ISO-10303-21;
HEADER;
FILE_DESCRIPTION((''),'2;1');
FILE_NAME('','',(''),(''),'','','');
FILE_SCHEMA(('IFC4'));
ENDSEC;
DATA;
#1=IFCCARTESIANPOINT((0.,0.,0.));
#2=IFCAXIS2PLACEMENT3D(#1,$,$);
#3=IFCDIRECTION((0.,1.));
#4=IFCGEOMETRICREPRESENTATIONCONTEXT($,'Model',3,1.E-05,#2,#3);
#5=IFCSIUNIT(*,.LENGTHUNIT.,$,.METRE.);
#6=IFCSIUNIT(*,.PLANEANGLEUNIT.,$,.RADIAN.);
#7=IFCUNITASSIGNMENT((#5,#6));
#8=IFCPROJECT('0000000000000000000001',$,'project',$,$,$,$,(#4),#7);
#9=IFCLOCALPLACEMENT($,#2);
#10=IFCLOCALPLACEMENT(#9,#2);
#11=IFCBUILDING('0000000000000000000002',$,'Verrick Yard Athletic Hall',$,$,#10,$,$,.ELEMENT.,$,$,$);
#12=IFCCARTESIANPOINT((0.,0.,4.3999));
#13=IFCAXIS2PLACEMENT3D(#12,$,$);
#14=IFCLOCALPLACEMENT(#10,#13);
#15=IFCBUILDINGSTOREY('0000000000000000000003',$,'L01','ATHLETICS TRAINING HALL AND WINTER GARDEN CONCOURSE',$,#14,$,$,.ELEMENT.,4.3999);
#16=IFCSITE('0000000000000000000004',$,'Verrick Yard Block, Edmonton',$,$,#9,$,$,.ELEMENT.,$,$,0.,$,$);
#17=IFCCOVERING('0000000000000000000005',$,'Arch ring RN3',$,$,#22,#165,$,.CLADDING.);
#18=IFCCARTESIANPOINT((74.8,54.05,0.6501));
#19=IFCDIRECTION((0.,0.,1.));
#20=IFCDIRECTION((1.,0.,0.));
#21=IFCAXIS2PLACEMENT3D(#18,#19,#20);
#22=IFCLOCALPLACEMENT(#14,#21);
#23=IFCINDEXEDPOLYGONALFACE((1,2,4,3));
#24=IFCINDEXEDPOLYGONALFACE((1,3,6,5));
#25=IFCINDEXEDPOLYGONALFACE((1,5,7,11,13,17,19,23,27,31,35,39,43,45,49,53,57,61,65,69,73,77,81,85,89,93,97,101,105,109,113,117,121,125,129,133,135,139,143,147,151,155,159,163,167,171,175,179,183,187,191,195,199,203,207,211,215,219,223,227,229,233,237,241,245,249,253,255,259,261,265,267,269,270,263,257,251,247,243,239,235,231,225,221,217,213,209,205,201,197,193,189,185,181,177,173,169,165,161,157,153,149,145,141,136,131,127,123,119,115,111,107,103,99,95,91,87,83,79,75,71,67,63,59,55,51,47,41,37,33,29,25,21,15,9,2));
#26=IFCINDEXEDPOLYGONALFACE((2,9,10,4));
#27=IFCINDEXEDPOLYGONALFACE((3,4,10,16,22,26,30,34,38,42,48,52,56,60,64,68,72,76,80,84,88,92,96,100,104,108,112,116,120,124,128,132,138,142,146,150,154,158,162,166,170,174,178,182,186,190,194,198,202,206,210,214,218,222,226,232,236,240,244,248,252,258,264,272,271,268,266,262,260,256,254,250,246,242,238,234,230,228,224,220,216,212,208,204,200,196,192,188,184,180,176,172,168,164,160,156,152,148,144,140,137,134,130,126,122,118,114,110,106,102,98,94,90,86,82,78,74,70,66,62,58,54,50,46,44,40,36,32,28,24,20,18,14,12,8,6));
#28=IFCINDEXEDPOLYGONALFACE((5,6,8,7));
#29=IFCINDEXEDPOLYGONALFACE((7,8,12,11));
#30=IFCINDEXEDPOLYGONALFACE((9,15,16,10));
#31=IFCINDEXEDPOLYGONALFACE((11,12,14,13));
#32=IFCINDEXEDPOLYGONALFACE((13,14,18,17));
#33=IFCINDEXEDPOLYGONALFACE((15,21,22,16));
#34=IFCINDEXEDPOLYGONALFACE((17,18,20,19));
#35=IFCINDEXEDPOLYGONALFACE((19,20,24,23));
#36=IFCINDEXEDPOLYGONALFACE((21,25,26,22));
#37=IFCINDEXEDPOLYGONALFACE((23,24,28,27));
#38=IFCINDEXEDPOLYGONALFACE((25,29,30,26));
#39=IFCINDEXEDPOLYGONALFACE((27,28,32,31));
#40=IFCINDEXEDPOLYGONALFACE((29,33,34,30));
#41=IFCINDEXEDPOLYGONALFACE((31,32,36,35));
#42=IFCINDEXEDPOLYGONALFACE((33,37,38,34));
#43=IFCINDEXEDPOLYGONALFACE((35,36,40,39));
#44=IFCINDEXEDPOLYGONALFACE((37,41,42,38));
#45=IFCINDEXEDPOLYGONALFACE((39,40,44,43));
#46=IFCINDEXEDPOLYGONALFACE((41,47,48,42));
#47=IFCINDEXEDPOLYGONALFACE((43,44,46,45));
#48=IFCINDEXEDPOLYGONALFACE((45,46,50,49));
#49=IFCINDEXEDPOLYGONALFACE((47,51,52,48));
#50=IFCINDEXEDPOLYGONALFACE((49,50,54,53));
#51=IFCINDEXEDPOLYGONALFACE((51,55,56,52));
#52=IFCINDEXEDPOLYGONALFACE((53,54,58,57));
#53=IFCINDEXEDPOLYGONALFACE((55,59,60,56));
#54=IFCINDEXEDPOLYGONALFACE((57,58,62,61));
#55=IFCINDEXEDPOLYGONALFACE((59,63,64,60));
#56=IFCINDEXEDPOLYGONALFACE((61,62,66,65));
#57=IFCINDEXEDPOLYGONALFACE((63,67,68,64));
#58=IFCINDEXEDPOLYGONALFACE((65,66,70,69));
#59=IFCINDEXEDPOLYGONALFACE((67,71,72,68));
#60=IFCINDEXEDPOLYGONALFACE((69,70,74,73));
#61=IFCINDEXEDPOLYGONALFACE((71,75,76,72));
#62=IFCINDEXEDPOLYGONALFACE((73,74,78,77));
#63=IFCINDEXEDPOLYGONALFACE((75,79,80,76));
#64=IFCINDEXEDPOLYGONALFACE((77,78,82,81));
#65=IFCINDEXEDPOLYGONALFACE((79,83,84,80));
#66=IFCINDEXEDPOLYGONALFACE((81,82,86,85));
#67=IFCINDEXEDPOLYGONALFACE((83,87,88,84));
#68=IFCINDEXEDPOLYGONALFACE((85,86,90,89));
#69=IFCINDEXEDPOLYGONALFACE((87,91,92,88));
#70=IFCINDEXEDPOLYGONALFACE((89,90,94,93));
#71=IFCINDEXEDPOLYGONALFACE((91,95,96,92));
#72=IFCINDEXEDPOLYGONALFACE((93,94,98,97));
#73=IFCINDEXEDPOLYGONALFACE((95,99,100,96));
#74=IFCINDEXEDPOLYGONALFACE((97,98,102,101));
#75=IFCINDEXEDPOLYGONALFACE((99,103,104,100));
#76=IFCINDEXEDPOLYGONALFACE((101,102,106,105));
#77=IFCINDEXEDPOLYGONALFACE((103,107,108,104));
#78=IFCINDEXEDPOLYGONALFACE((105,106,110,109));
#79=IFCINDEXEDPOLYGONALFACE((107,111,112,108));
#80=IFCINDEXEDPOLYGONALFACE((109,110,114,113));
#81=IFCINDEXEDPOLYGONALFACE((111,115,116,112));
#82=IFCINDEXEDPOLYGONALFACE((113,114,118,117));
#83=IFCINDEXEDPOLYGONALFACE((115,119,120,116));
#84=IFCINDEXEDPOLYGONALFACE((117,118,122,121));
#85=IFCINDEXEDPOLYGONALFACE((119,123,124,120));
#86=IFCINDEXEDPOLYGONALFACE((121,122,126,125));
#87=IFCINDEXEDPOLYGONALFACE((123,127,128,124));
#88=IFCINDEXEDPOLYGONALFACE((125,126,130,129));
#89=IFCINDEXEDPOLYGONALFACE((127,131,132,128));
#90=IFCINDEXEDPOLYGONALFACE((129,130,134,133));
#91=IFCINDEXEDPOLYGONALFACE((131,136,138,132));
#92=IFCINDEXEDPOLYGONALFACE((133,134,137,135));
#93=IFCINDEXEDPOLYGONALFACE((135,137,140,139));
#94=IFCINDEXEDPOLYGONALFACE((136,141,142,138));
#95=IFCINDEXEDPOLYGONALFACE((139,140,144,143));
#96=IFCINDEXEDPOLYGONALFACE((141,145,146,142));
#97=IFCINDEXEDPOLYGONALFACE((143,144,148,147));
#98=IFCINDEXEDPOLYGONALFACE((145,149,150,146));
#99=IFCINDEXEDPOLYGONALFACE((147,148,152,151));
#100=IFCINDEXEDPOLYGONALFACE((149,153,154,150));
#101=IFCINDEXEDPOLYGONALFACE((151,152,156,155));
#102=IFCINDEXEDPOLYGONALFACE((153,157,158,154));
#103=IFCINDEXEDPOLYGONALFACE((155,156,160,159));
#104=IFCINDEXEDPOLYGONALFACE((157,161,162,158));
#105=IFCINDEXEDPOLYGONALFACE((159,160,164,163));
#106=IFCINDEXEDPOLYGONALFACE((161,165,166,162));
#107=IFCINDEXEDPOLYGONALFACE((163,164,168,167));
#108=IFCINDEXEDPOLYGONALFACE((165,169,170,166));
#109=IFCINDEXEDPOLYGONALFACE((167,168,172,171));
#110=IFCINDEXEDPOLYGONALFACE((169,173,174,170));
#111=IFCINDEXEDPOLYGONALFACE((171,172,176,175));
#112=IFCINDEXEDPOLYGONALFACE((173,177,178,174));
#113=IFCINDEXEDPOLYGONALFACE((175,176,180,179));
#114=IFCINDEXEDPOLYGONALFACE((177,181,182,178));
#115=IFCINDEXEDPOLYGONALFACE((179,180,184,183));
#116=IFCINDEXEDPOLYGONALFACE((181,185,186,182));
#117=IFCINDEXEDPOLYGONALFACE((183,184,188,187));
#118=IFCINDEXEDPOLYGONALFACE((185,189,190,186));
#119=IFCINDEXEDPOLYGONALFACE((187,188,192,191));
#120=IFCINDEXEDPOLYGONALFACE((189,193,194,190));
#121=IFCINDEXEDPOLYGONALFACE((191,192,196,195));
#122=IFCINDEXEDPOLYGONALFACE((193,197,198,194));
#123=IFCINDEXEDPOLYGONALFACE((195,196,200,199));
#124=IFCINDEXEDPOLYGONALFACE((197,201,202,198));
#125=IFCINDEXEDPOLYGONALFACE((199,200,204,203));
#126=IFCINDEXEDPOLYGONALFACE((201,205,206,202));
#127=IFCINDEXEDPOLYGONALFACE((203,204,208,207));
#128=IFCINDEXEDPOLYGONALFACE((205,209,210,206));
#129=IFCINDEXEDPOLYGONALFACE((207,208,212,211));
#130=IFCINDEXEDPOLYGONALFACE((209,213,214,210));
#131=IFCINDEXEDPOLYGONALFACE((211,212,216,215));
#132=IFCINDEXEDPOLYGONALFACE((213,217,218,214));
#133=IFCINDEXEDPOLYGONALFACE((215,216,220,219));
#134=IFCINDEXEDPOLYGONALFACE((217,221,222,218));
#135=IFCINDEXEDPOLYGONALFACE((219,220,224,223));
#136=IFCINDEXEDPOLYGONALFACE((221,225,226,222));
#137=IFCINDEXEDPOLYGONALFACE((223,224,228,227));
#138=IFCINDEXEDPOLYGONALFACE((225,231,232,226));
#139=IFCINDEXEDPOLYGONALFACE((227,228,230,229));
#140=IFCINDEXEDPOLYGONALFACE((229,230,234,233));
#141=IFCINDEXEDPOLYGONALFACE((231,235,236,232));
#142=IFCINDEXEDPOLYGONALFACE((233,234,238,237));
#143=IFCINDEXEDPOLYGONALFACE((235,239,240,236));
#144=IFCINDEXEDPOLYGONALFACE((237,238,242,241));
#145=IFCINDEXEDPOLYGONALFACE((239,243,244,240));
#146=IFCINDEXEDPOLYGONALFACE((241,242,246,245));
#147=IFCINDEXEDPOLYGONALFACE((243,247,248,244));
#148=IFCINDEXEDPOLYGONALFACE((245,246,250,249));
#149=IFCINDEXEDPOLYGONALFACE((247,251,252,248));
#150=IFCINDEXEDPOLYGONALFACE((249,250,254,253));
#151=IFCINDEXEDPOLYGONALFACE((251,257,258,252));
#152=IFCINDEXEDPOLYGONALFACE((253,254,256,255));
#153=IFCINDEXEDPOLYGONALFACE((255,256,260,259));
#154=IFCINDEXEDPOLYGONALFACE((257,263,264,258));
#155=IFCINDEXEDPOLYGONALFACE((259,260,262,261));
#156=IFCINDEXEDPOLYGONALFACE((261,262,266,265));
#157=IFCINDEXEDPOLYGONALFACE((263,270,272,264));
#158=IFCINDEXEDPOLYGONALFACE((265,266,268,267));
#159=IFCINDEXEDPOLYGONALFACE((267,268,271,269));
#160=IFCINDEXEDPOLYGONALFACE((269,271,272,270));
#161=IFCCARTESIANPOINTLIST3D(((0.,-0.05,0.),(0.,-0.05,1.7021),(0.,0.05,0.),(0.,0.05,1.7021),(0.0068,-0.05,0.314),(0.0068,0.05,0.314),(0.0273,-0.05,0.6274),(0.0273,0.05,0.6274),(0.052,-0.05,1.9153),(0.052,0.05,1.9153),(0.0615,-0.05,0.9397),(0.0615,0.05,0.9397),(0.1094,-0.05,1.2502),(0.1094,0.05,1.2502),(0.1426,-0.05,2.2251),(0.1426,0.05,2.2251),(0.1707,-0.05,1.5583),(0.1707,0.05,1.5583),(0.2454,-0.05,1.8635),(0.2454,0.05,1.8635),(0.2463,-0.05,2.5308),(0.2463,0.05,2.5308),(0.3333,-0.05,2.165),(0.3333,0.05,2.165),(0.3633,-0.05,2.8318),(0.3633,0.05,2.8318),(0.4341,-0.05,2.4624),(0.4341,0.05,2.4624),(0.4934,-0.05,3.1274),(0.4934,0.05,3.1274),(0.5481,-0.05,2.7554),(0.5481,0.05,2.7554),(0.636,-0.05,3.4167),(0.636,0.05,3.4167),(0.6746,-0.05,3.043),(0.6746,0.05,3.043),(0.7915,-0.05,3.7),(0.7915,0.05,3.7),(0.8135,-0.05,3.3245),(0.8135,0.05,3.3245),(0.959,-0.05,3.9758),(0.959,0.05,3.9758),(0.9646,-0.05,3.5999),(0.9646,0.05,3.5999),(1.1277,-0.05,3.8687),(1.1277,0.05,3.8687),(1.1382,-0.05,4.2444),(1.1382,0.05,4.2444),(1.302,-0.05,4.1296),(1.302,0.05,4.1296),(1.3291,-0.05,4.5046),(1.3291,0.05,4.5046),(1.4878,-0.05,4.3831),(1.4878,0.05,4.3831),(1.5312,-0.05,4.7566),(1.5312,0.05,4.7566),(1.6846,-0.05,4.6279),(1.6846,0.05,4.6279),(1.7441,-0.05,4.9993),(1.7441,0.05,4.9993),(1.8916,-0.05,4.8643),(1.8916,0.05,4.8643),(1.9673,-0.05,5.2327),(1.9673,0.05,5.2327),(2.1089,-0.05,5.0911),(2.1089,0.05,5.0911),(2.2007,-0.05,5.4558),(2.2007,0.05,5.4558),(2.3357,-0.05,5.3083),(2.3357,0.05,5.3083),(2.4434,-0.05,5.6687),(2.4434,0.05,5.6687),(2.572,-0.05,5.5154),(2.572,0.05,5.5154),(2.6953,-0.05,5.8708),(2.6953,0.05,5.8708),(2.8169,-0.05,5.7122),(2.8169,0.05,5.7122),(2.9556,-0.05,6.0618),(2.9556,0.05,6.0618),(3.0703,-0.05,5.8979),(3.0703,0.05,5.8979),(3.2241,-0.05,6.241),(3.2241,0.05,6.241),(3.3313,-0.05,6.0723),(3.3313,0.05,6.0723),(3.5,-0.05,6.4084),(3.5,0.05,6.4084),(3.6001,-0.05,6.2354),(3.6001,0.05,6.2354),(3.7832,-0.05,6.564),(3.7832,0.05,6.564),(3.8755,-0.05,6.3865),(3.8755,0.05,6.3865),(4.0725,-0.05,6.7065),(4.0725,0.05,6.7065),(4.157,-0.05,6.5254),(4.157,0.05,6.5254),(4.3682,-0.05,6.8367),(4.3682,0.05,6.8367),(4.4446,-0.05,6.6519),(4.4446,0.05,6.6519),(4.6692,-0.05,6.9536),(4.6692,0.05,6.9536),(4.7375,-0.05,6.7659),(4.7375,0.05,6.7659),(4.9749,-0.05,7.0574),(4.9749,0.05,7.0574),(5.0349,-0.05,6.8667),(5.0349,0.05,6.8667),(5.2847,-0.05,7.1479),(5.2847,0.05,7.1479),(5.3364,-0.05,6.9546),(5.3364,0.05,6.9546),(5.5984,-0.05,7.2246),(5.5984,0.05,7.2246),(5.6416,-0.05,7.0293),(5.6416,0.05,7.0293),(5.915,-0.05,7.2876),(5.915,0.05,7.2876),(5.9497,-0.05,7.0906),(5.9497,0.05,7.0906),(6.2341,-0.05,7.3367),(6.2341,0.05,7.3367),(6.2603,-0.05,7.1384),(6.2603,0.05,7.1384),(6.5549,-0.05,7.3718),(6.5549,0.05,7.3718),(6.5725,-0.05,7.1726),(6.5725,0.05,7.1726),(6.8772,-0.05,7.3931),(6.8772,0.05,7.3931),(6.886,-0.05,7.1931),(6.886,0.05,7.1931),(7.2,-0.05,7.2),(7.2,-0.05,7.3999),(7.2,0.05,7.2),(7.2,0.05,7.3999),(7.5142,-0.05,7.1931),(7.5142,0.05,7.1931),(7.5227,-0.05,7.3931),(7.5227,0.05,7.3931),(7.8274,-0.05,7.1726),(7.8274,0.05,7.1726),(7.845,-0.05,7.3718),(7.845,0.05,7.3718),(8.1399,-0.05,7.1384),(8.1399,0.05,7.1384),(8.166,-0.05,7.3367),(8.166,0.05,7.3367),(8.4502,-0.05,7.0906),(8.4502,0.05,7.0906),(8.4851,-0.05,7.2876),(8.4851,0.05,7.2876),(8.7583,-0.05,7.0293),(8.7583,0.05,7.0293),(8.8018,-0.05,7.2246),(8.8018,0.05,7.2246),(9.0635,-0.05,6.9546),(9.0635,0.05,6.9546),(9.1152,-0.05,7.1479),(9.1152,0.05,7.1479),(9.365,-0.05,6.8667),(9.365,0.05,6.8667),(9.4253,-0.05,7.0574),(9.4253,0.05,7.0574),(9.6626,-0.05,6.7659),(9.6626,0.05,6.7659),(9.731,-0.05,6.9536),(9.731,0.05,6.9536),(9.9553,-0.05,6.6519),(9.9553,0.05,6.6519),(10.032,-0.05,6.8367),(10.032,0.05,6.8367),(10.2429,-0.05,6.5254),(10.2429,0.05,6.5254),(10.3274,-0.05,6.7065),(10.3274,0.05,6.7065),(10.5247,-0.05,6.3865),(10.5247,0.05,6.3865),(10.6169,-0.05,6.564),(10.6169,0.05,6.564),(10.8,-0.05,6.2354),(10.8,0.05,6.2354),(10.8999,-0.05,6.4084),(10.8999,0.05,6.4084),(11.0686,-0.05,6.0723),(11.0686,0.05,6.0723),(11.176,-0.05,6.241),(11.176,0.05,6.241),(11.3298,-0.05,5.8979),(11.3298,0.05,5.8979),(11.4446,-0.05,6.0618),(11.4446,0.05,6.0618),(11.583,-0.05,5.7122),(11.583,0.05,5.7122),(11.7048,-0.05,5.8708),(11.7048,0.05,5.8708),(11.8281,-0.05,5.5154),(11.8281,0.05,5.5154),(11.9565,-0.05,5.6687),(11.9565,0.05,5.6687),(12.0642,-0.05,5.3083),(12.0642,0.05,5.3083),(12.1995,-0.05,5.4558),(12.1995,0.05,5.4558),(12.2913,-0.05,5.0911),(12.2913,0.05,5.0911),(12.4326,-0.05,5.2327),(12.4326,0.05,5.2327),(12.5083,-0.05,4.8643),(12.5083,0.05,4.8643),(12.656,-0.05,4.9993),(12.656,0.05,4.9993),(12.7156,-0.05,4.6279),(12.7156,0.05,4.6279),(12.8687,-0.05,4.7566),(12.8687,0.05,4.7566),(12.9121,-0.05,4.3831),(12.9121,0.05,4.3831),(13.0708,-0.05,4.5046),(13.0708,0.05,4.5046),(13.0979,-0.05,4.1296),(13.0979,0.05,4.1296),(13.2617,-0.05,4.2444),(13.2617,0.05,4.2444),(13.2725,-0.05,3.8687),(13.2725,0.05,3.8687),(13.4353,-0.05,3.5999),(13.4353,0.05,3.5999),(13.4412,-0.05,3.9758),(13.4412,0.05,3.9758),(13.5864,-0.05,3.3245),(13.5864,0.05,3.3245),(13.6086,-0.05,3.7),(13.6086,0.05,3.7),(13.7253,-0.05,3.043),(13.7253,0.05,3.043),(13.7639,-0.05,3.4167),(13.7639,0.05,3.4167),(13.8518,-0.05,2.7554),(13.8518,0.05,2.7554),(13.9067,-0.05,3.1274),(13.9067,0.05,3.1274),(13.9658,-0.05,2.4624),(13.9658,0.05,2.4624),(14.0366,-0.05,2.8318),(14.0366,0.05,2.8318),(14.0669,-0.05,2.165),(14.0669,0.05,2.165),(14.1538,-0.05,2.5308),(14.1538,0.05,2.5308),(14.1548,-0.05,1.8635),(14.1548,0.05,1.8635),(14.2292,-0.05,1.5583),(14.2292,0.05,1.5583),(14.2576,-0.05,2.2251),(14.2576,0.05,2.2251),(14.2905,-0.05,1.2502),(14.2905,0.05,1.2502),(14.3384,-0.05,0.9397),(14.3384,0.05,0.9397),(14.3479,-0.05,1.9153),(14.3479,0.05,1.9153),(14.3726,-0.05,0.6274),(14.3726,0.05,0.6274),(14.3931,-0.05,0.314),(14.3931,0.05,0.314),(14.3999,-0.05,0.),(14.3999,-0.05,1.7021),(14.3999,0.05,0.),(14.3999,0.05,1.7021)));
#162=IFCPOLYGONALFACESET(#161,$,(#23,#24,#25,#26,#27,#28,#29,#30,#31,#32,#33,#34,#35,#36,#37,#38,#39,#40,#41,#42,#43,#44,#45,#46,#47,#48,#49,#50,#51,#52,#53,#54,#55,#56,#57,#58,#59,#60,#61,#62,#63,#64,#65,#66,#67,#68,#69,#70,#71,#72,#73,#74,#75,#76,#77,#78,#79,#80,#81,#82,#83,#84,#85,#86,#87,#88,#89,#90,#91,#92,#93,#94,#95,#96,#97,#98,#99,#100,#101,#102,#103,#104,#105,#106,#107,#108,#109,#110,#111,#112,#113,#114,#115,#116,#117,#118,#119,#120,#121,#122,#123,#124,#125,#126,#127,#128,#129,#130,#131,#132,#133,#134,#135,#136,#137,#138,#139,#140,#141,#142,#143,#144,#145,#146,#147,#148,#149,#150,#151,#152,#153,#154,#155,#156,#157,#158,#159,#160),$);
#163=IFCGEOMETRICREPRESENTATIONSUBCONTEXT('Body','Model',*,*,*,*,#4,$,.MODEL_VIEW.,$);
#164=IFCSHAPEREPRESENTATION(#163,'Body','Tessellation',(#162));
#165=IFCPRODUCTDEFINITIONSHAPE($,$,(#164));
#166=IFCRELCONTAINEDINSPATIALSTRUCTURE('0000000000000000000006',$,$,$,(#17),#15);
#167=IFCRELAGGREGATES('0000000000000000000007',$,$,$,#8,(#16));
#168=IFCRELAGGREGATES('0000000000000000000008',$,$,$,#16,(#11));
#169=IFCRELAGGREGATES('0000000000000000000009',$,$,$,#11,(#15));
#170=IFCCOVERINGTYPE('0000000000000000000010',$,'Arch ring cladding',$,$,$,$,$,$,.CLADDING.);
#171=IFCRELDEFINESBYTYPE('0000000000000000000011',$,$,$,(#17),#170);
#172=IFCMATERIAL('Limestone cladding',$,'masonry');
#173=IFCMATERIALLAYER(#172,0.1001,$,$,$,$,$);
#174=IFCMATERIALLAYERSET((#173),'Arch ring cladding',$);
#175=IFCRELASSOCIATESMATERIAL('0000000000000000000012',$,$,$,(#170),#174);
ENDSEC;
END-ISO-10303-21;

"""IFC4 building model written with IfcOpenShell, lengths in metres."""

from ifc_helpers import new_model, si_unit, direction, frame, origin, place, context, subcontext, project, spatial, polyline, outline, extrude, material, layer, layer_set, type_object, element, save


model = new_model("IFC4")

# Units and contexts
model_context = context("Model", 3, precision=1e-05, world=origin(), true_north=direction((0.0, 1.0)))
body_context = subcontext(model_context, "Body", "Model", "MODEL_VIEW")
ifc_project = project(units=[si_unit("LENGTHUNIT", "METRE"), si_unit("PLANEANGLEUNIT", "RADIAN")], contexts=[model_context])

# Site, building, storey
site_placement = place(None, origin())
site = spatial("IfcSite", under=ifc_project, at=site_placement, Name="Verrick Yard Block, Edmonton", CompositionType="ELEMENT", RefElevation=0.0)
building_placement = place(site_placement, origin())
building = spatial("IfcBuilding", under=site, at=building_placement, Name="Verrick Yard Athletic Hall", CompositionType="ELEMENT")
storey_placement = place(building_placement, frame((0.0, 0.0, 4.3999)))
storey = spatial("IfcBuildingStorey", under=building, at=storey_placement, Name="L01", Description="ATHLETICS TRAINING HALL AND WINTER GARDEN CONCOURSE", CompositionType="ELEMENT", Elevation=4.3999)

# Covering
ifc_material_1 = material(Name="Limestone cladding", Category="masonry")
ifc_layer_1 = layer(ifc_material_1, 0.1001)
ifc_layer_set_1 = layer_set([ifc_layer_1], Name="Arch ring cladding")
covering_type_1 = type_object("IfcCoveringType", Name="Arch ring cladding", PredefinedType="CLADDING", material=ifc_layer_set_1)
covering_1_placement = place(storey_placement, frame((74.8, 54.05, 0.6501), z_axis=(0.0, 0.0, 1.0), x_axis=(1.0, 0.0, 0.0)))
element("IfcCovering", 1, at=covering_1_placement, inside=storey, type_object=covering_type_1, Name="Arch ring RN3", PredefinedType="CLADDING", context=body_context, shape_type="SweptSolid", body=[
    extrude(outline(polyline([(0.0, 1.7021), (0.0, 0.0), (0.0068, 0.314), (0.0273, 0.6274), (0.0615, 0.9397), (0.1094, 1.2502), (0.1707, 1.5583), (0.2454, 1.8635), (0.3333, 2.165), (0.4341, 2.4624), (0.5481, 2.7554), (0.6746, 3.043), (0.8135, 3.3245), (0.9646, 3.5999), (1.1277, 3.8687), (1.302, 4.1296), (1.4878, 4.3831), (1.6846, 4.6279), (1.8916, 4.8643), (2.1089, 5.0911), (2.3357, 5.3083), (2.572, 5.5154), (2.8169, 5.7122), (3.0703, 5.8979), (3.3313, 6.0723), (3.6001, 6.2354), (3.8755, 6.3865), (4.157, 6.5254), (4.4446, 6.6519), (4.7375, 6.7659), (5.0349, 6.8667), (5.3364, 6.9546), (5.6416, 7.0293), (5.9497, 7.0906), (6.2603, 7.1384), (6.5725, 7.1726), (6.886, 7.1931), (7.2, 7.2), (7.5142, 7.1931), (7.8274, 7.1726), (8.1399, 7.1384), (8.4502, 7.0906), (8.7583, 7.0293), (9.0635, 6.9546), (9.365, 6.8667), (9.6626, 6.7659), (9.9553, 6.6519), (10.2429, 6.5254), (10.5247, 6.3865), (10.8, 6.2354), (11.0686, 6.0723), (11.3298, 5.8979), (11.583, 5.7122), (11.8281, 5.5154), (12.0642, 5.3083), (12.2913, 5.0911), (12.5083, 4.8643), (12.7156, 4.6279), (12.9121, 4.3831), (13.0979, 4.1296), (13.2725, 3.8687), (13.4353, 3.5999), (13.5864, 3.3245), (13.7253, 3.043), (13.8518, 2.7554), (13.9658, 2.4624), (14.0669, 2.165), (14.1548, 1.8635), (14.2292, 1.5583), (14.2905, 1.2502), (14.3384, 0.9397), (14.3726, 0.6274), (14.3931, 0.314), (14.3999, 0.0), (14.3999, 1.7021), (14.3479, 1.9153), (14.2576, 2.2251), (14.1538, 2.5308), (14.0366, 2.8318), (13.9067, 3.1274), (13.7639, 3.4167), (13.6086, 3.7), (13.4412, 3.9758), (13.2617, 4.2444), (13.0708, 4.5046), (12.8687, 4.7566), (12.656, 4.9993), (12.4326, 5.2327), (12.1995, 5.4558), (11.9565, 5.6687), (11.7048, 5.8708), (11.4446, 6.0618), (11.176, 6.241), (10.8999, 6.4084), (10.6169, 6.564), (10.3274, 6.7065), (10.032, 6.8367), (9.731, 6.9536), (9.4253, 7.0574), (9.1152, 7.1479), (8.8018, 7.2246), (8.4851, 7.2876), (8.166, 7.3367), (7.845, 7.3718), (7.5227, 7.3931), (7.2, 7.3999), (6.8772, 7.3931), (6.5549, 7.3718), (6.2341, 7.3367), (5.915, 7.2876), (5.5984, 7.2246), (5.2847, 7.1479), (4.9749, 7.0574), (4.6692, 6.9536), (4.3682, 6.8367), (4.0725, 6.7065), (3.7832, 6.564), (3.5, 6.4084), (3.2241, 6.241), (2.9556, 6.0618), (2.6953, 5.8708), (2.4434, 5.6687), (2.2007, 5.4558), (1.9673, 5.2327), (1.7441, 4.9993), (1.5312, 4.7566), (1.3291, 4.5046), (1.1382, 4.2444), (0.959, 3.9758), (0.7915, 3.7), (0.636, 3.4167), (0.4934, 3.1274), (0.3633, 2.8318), (0.2463, 2.5308), (0.1426, 2.2251), (0.052, 1.9153), (0.0, 1.7021)])), frame((0.0, 0.05, 0.0), z_axis=(0.0, -1.0, 0.0), x_axis=(1.0, 0.0, 0.0)), (0.0, 0.0, 1.0), 0.1001),
])

save(model, "model.ifc")
